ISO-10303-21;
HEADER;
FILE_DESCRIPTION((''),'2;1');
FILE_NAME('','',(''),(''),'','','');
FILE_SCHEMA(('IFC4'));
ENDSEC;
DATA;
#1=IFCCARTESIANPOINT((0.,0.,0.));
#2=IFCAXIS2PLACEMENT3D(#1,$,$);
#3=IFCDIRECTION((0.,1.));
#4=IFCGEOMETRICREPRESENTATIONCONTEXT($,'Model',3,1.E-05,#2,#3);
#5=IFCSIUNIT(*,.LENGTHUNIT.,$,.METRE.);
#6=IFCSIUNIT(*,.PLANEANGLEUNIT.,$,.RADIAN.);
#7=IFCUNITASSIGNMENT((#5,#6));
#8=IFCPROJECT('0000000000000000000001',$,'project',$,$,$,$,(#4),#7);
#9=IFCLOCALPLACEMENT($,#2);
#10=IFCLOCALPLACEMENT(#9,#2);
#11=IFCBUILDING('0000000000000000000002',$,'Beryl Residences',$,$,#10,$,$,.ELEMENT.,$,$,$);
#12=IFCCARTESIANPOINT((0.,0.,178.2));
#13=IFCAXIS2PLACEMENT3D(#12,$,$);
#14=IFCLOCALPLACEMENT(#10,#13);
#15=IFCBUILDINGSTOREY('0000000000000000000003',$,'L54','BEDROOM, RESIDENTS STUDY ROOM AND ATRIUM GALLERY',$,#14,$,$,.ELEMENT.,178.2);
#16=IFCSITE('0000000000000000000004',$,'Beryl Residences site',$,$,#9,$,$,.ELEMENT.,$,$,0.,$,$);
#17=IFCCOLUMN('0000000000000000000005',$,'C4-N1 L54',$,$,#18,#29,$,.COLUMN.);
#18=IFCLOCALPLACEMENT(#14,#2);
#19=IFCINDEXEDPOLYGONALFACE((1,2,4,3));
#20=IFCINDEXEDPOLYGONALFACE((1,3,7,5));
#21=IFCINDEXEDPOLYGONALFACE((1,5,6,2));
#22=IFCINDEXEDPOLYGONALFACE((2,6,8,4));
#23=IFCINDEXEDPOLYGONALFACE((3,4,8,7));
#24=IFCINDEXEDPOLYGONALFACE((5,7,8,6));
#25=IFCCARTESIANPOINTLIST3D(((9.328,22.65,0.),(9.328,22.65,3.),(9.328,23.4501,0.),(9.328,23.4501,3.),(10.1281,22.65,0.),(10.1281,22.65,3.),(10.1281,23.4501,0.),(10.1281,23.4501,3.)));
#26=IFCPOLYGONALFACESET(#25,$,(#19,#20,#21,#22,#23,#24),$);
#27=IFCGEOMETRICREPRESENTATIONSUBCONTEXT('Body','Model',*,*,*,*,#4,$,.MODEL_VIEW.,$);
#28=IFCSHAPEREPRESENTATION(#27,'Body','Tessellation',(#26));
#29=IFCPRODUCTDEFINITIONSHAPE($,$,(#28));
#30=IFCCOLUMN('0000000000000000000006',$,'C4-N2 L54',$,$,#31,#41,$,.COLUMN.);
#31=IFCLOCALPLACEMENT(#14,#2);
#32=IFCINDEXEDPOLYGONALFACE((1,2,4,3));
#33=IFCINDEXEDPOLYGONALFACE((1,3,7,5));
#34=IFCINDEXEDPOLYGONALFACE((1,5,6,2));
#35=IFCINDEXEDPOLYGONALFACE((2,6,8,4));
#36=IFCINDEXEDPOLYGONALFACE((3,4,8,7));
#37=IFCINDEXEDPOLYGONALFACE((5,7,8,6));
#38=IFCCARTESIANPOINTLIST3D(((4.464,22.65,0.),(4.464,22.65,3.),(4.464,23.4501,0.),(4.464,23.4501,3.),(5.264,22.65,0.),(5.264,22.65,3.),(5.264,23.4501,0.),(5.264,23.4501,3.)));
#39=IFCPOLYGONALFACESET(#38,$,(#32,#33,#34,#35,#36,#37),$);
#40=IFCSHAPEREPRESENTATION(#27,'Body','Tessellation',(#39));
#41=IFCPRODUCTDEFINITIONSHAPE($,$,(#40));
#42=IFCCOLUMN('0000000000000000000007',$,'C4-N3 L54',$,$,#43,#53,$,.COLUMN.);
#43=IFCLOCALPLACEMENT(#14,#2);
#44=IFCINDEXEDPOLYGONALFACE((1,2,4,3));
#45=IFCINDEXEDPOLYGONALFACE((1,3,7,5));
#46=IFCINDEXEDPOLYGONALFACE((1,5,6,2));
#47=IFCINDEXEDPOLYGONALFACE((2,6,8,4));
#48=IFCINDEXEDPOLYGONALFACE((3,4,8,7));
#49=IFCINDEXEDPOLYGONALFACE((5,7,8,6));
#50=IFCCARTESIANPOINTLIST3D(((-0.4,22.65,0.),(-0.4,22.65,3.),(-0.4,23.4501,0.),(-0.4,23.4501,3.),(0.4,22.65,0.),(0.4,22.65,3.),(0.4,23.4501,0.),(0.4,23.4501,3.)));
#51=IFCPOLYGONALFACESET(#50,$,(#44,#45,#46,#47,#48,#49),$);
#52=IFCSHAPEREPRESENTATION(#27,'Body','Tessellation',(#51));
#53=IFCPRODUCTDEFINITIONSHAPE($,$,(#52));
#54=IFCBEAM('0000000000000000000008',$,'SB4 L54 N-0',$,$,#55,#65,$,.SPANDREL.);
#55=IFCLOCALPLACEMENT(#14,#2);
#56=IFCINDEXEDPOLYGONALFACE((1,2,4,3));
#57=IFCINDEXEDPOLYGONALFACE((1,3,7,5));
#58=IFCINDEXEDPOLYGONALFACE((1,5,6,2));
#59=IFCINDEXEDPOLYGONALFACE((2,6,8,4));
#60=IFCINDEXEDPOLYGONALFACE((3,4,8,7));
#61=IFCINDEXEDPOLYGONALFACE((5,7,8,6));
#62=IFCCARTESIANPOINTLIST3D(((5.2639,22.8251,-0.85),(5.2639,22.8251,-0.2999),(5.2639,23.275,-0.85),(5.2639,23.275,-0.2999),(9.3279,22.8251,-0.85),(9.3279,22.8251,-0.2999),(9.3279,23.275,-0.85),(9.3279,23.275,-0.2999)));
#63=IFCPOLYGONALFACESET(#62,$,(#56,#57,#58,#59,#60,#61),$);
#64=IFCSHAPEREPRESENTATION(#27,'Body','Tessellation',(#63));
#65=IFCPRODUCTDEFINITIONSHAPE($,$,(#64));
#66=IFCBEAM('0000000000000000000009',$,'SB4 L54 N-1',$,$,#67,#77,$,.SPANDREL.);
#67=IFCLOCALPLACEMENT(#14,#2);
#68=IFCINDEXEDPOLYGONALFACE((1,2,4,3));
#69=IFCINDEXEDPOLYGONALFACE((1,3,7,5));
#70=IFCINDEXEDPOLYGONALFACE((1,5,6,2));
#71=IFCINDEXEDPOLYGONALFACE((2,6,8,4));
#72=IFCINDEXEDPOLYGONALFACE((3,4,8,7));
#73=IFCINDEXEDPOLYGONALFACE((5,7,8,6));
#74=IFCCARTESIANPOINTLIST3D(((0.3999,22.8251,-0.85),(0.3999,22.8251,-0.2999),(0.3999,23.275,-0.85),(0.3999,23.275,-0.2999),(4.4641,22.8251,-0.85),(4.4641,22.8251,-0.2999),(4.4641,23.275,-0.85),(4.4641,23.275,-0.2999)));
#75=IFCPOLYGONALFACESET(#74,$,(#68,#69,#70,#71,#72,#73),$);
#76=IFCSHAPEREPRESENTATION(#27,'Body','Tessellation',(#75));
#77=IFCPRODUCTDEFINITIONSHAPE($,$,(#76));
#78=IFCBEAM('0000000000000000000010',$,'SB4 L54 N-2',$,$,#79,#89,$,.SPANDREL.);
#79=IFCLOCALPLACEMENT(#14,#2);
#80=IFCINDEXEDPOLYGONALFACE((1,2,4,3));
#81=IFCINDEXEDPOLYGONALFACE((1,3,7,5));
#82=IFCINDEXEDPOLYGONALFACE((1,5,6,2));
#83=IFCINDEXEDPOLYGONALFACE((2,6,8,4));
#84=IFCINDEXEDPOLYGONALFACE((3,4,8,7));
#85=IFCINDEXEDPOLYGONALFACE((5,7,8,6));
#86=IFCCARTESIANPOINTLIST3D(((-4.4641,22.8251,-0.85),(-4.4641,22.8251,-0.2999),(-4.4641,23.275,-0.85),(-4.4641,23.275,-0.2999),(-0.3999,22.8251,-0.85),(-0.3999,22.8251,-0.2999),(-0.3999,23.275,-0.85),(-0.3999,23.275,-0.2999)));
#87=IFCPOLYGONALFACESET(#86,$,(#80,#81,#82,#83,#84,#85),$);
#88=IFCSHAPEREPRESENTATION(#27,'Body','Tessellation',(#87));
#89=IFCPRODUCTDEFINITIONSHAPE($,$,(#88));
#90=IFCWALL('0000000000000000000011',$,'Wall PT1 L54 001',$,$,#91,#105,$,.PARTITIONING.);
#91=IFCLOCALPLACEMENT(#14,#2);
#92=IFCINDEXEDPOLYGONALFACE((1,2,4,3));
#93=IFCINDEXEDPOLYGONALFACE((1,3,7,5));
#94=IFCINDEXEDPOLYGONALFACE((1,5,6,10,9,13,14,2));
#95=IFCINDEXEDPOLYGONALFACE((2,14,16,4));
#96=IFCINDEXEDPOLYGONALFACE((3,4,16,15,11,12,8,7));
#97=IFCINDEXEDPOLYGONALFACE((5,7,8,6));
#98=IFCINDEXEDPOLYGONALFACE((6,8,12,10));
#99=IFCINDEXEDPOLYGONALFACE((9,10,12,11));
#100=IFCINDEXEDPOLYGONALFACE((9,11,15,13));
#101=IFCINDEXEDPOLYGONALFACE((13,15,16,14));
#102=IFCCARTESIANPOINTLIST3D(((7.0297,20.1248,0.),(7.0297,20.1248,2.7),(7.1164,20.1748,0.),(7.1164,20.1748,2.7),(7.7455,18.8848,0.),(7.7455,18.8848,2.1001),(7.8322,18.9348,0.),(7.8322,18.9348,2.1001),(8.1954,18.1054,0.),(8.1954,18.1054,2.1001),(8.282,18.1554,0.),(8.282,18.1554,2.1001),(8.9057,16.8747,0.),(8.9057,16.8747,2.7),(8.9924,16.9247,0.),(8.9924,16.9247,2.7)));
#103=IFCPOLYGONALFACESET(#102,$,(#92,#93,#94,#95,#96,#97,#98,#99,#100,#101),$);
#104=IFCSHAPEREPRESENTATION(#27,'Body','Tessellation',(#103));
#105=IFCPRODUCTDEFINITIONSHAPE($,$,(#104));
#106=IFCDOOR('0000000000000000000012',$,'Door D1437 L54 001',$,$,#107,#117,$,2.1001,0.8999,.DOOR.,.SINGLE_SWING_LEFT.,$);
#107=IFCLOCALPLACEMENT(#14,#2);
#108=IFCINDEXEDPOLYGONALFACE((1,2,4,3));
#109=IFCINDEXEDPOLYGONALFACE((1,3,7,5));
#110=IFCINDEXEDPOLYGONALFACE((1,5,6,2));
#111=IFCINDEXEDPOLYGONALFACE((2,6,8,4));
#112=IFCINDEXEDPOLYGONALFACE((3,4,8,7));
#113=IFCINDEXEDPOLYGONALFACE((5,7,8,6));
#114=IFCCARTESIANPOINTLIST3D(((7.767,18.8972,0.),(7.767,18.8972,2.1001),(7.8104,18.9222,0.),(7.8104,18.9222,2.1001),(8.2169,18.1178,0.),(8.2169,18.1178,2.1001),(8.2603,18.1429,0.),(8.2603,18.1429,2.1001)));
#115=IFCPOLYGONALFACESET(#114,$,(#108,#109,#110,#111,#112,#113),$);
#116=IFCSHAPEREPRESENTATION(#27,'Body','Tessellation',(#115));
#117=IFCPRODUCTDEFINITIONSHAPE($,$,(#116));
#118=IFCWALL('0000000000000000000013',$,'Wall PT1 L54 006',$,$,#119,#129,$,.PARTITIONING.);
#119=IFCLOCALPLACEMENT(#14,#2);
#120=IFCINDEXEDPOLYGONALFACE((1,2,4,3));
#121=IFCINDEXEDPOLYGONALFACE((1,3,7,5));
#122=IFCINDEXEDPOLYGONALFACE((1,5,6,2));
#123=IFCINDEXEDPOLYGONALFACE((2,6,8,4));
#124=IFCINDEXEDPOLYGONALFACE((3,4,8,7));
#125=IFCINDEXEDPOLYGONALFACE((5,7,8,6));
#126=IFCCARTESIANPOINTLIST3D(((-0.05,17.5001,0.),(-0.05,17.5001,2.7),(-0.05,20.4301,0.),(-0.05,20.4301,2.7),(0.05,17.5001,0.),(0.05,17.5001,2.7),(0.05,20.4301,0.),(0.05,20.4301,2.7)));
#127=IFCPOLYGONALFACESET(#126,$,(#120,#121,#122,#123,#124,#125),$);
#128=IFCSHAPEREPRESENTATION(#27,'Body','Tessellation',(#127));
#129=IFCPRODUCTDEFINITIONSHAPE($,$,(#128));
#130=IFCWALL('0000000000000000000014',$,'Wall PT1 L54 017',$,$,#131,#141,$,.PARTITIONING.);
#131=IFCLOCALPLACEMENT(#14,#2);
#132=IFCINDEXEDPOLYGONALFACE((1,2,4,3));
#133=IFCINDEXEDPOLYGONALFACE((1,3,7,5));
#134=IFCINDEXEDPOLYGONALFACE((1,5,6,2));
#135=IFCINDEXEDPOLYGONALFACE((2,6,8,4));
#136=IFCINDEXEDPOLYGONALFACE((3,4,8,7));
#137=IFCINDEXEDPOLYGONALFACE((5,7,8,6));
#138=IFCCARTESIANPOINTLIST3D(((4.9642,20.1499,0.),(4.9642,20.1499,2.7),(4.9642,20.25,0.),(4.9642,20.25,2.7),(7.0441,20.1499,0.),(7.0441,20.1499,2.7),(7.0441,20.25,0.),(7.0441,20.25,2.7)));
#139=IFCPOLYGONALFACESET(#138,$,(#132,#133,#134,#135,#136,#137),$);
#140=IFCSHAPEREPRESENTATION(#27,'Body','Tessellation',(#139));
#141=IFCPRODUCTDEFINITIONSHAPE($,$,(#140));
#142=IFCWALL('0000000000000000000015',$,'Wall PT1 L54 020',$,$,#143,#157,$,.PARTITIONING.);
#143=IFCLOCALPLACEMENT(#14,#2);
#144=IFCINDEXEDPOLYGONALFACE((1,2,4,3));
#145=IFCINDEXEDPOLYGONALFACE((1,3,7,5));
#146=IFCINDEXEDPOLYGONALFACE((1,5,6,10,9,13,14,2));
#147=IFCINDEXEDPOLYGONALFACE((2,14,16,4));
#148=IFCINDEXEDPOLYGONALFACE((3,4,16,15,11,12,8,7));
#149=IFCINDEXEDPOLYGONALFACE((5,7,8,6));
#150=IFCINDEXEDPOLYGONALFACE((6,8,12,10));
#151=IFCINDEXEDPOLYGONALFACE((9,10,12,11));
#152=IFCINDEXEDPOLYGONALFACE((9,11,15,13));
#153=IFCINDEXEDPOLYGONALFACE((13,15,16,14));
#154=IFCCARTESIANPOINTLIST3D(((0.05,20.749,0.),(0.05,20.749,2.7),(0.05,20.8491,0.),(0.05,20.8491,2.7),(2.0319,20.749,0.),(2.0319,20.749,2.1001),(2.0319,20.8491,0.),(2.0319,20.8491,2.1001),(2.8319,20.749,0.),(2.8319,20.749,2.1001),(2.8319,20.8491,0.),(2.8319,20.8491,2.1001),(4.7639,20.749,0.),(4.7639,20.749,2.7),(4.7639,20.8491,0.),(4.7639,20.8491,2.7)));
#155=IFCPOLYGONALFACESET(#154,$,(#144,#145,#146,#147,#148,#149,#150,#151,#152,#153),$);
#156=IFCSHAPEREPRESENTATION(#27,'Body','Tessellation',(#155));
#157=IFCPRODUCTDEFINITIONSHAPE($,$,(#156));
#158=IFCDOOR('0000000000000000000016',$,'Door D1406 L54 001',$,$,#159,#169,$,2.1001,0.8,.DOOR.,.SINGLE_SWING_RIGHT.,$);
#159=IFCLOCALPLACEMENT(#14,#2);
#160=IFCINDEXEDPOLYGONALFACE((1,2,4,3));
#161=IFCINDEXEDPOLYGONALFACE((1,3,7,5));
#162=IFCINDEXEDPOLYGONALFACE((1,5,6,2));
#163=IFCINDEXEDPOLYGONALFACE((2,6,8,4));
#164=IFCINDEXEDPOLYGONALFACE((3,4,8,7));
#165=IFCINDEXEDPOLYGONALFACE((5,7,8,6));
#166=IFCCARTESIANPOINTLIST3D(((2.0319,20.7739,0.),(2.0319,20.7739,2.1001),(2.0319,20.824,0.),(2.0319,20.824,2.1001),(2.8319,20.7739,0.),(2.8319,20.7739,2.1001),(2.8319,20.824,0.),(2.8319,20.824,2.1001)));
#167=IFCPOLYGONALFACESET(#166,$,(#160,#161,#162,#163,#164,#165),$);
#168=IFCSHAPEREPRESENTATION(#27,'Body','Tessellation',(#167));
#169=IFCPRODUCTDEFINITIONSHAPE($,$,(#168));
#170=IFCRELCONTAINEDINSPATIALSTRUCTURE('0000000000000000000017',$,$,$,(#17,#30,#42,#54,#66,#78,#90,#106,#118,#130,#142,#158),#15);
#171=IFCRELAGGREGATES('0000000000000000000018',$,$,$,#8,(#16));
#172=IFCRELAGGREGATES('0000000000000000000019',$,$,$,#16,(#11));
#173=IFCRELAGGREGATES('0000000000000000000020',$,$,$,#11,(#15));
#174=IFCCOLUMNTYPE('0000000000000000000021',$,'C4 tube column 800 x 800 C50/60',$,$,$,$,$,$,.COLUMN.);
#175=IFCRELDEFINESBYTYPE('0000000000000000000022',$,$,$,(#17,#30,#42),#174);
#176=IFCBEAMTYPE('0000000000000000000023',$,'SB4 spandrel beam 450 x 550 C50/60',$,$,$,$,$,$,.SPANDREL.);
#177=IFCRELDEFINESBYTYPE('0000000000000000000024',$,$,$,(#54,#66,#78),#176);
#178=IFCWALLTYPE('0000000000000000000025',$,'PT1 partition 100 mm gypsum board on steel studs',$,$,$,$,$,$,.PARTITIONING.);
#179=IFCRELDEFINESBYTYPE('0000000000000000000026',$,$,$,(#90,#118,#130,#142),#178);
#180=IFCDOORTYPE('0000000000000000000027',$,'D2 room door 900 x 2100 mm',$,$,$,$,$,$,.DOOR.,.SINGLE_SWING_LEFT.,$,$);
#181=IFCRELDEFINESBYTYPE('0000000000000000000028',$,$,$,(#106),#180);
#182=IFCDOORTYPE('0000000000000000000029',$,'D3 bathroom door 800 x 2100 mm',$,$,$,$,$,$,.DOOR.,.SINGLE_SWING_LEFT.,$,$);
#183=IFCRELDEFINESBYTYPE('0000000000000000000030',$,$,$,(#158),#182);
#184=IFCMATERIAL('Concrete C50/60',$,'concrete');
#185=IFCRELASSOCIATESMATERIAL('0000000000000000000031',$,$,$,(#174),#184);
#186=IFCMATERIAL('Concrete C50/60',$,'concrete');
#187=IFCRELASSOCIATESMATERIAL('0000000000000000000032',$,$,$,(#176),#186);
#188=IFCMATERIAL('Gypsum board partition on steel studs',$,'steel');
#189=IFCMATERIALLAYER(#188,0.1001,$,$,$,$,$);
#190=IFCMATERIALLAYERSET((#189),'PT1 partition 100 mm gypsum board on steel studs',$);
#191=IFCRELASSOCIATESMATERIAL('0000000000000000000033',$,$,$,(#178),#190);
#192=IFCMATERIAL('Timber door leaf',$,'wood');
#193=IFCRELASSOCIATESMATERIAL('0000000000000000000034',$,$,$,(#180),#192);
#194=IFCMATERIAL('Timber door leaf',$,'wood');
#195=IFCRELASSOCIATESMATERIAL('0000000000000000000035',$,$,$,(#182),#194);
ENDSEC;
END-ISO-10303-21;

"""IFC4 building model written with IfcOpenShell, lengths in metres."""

from ifc_helpers import new_model, si_unit, direction, frame, frame_2d, origin, origin_2d, place, context, subcontext, project, spatial, rectangle, extrude, material, layer, layer_set, material_profile, profile_set, type_object, element, fill, save


model = new_model("IFC4")

# Units and contexts
model_context = context("Model", 3, precision=1e-05, world=origin(), true_north=direction((0.0, 1.0)))
body_context = subcontext(model_context, "Body", "Model", "MODEL_VIEW")
ifc_project = project(units=[si_unit("LENGTHUNIT", "METRE"), si_unit("PLANEANGLEUNIT", "RADIAN")], contexts=[model_context])

# Site, building, storey
site_placement = place(None, origin())
site = spatial("IfcSite", under=ifc_project, at=site_placement, Name="Beryl Residences site", CompositionType="ELEMENT", RefElevation=0.0)
building_placement = place(site_placement, origin())
building = spatial("IfcBuilding", under=site, at=building_placement, Name="Beryl Residences", CompositionType="ELEMENT")
storey_placement = place(building_placement, frame((0.0, 0.0, 178.2)))
storey = spatial("IfcBuildingStorey", under=building, at=storey_placement, Name="L54", Description="BEDROOM, RESIDENTS STUDY ROOM AND ATRIUM GALLERY", CompositionType="ELEMENT", Elevation=178.2)

# Columns
ifc_material_1 = material(Name="Concrete C50/60", Category="concrete")
ifc_material_profile_1 = material_profile(ifc_material_1, rectangle(XDim=0.8, YDim=0.8, at=origin_2d()))
ifc_profile_set_1 = profile_set([ifc_material_profile_1], Name="Concrete C50/60")
column_type = type_object("IfcColumnType", Name="C4 tube column 800 x 800 C50/60", PredefinedType="COLUMN", material=ifc_profile_set_1)
for number, where, z_axis, x_axis, name in (
    (1, (9.728, 23.05, 0.0), (0.0, 0.0, 1.0), (-1.0, 0.0, 0.0), "C4-N1 L54"),
    (2, (4.864, 23.05, 0.0), (0.0, 0.0, 1.0), (-1.0, 0.0, 0.0), "C4-N2 L54"),
    (3, (0.0, 23.05, 0.0), (0.0, 0.0, 1.0), (-1.0, 0.0, 0.0), "C4-N3 L54"),
):
    element("IfcColumn", number, at=place(storey_placement, frame(where, z_axis=z_axis, x_axis=x_axis)), inside=storey, type_object=column_type, Name=name, PredefinedType="COLUMN", context=body_context, shape_type="SweptSolid", body=[
        extrude(rectangle(XDim=0.8, YDim=0.8, at=origin_2d()), origin(), (0.0, 0.0, 1.0), 3.0),
    ])

# Beams
ifc_material_2 = material(Name="Concrete C50/60", Category="concrete")
ifc_material_profile_2 = material_profile(ifc_material_2, rectangle(XDim=0.45, YDim=0.55, at=origin_2d()))
ifc_profile_set_2 = profile_set([ifc_material_profile_2], Name="Concrete C50/60")
beam_type = type_object("IfcBeamType", Name="SB4 spandrel beam 450 x 550 C50/60", PredefinedType="SPANDREL", material=ifc_profile_set_2)
beam_placement = place(storey_placement, frame((9.3279, 23.05, -0.575), z_axis=(-1.0, 0.0, 0.0), x_axis=(0.0, -1.0, 0.0)))
element("IfcBeam", 4, at=beam_placement, inside=storey, type_object=beam_type, Name="SB4 L54 N-0", PredefinedType="SPANDREL", context=body_context, shape_type="SweptSolid", body=[
    extrude(rectangle(XDim=0.45, YDim=0.55, at=origin_2d()), origin(), (0.0, 0.0, 1.0), 4.064),
])
for number, where, z_axis, x_axis, name in (
    (5, (4.4641, 23.05, -0.575), (-1.0, 0.0, 0.0), (0.0, -1.0, 0.0), "SB4 L54 N-1"),
    (6, (-0.3999, 23.05, -0.575), (-1.0, 0.0, 0.0), (0.0, -1.0, 0.0), "SB4 L54 N-2"),
):
    element("IfcBeam", number, at=place(storey_placement, frame(where, z_axis=z_axis, x_axis=x_axis)), inside=storey, type_object=beam_type, Name=name, PredefinedType="SPANDREL", context=body_context, shape_type="SweptSolid", body=[
        extrude(rectangle(XDim=0.45, YDim=0.55, at=origin_2d()), origin(), (0.0, 0.0, 1.0), 4.0642),
    ])

# Wall, opening, door
ifc_material_3 = material(Name="Gypsum board partition on steel studs", Category="steel")
ifc_layer_1 = layer(ifc_material_3, 0.1001)
ifc_layer_set_1 = layer_set([ifc_layer_1], Name="PT1 partition 100 mm gypsum board on steel studs")
wall_type_1 = type_object("IfcWallType", Name="PT1 partition 100 mm gypsum board on steel studs", PredefinedType="PARTITIONING", material=ifc_layer_set_1)
wall_1_placement = place(storey_placement, frame((7.073, 20.1499, 0.0), z_axis=(0.0, 0.0, 1.0), x_axis=(0.499918, -0.866073, 0.0)))
wall_1 = element("IfcWall", 7, at=wall_1_placement, inside=storey, type_object=wall_type_1, Name="Wall PT1 L54 001", PredefinedType="PARTITIONING", context=body_context, shape_type="SweptSolid", body=[
    extrude(rectangle(XDim=3.7527, YDim=0.1001, at=frame_2d((1.8765, 0.0))), origin(), (0.0, 0.0, 1.0), 2.7),
])
opening_1_placement = place(wall_1_placement, frame((1.4319, 0.0, 0.0)))
opening_1 = element("IfcOpeningElement", 8, at=opening_1_placement, cuts=wall_1, PredefinedType="OPENING", context=body_context, shape_type="SweptSolid", body=[
    extrude(rectangle(XDim=0.8999, YDim=2.1001, at=frame_2d((0.45, 1.05))), frame((0.0, 0.0601, 0.0), z_axis=(0.0, -1.0, 0.0), x_axis=(1.0, 0.0, 0.0)), (0.0, 0.0, 1.0), 0.1201),
])
ifc_material_4 = material(Name="Timber door leaf", Category="wood")
door_type_1 = type_object("IfcDoorType", Name="D2 room door 900 x 2100 mm", OperationType="SINGLE_SWING_LEFT", PredefinedType="DOOR", material=ifc_material_4)
door_1_placement = place(opening_1_placement, origin())
door_1 = element("IfcDoor", 9, at=door_1_placement, inside=storey, type_object=door_type_1, Name="Door D1437 L54 001", OperationType="SINGLE_SWING_LEFT", OverallHeight=2.1001, OverallWidth=0.8999, PredefinedType="DOOR", context=body_context, shape_type="SweptSolid", body=[
    extrude(rectangle(XDim=0.8999, YDim=2.1001, at=frame_2d((0.45, 1.05))), frame((0.0, 0.0249, 0.0), z_axis=(0.0, -1.0, 0.0), x_axis=(1.0, 0.0, 0.0)), (0.0, 0.0, 1.0), 0.05),
])
fill(opening_1, door_1)

# Walls
wall_2_placement = place(storey_placement, frame((0.0, 20.4299, 0.0), z_axis=(0.0, 0.0, 1.0), x_axis=(0.0, -1.0, 0.0)))
element("IfcWall", 10, at=wall_2_placement, inside=storey, type_object=wall_type_1, Name="Wall PT1 L54 006", PredefinedType="PARTITIONING", context=body_context, shape_type="SweptSolid", body=[
    extrude(rectangle(XDim=2.9299, YDim=0.1001, at=frame_2d((1.4648, 0.0))), origin(), (0.0, 0.0, 1.0), 2.7),
])
wall_3_placement = place(storey_placement, frame((4.9641, 20.2, 0.0), z_axis=(0.0, 0.0, 1.0), x_axis=(1.0, 0.0, 0.0)))
element("IfcWall", 11, at=wall_3_placement, inside=storey, type_object=wall_type_1, Name="Wall PT1 L54 017", PredefinedType="PARTITIONING", context=body_context, shape_type="SweptSolid", body=[
    extrude(rectangle(XDim=2.0798, YDim=0.1001, at=frame_2d((1.04, 0.0))), origin(), (0.0, 0.0, 1.0), 2.7),
])

# Wall, opening, door
wall_4_placement = place(storey_placement, frame((0.05, 20.7991, 0.0), z_axis=(0.0, 0.0, 1.0), x_axis=(1.0, 0.0, 0.0)))
wall_4 = element("IfcWall", 12, at=wall_4_placement, inside=storey, type_object=wall_type_1, Name="Wall PT1 L54 020", PredefinedType="PARTITIONING", context=body_context, shape_type="SweptSolid", body=[
    extrude(rectangle(XDim=4.7139, YDim=0.1001, at=frame_2d((2.3569, 0.0))), origin(), (0.0, 0.0, 1.0), 2.7),
])
opening_2_placement = place(wall_4_placement, frame((1.9819, 0.0, 0.0)))
opening_2 = element("IfcOpeningElement", 13, at=opening_2_placement, cuts=wall_4, PredefinedType="OPENING", context=body_context, shape_type="SweptSolid", body=[
    extrude(rectangle(XDim=0.8, YDim=2.1001, at=frame_2d((0.3999, 1.05))), frame((0.0, 0.0601, 0.0), z_axis=(0.0, -1.0, 0.0), x_axis=(1.0, 0.0, 0.0)), (0.0, 0.0, 1.0), 0.1201),
])
ifc_material_5 = material(Name="Timber door leaf", Category="wood")
door_type_2 = type_object("IfcDoorType", Name="D3 bathroom door 800 x 2100 mm", OperationType="SINGLE_SWING_LEFT", PredefinedType="DOOR", material=ifc_material_5)
door_2_placement = place(opening_2_placement, origin())
door_2 = element("IfcDoor", 14, at=door_2_placement, inside=storey, type_object=door_type_2, Name="Door D1406 L54 001", OperationType="SINGLE_SWING_RIGHT", OverallHeight=2.1001, OverallWidth=0.8, PredefinedType="DOOR", context=body_context, shape_type="SweptSolid", body=[
    extrude(rectangle(XDim=0.8, YDim=2.1001, at=frame_2d((0.3999, 1.05))), frame((0.0, 0.0249, 0.0), z_axis=(0.0, -1.0, 0.0), x_axis=(1.0, 0.0, 0.0)), (0.0, 0.0, 1.0), 0.05),
])
fill(opening_2, door_2)

save(model, "model.ifc")
